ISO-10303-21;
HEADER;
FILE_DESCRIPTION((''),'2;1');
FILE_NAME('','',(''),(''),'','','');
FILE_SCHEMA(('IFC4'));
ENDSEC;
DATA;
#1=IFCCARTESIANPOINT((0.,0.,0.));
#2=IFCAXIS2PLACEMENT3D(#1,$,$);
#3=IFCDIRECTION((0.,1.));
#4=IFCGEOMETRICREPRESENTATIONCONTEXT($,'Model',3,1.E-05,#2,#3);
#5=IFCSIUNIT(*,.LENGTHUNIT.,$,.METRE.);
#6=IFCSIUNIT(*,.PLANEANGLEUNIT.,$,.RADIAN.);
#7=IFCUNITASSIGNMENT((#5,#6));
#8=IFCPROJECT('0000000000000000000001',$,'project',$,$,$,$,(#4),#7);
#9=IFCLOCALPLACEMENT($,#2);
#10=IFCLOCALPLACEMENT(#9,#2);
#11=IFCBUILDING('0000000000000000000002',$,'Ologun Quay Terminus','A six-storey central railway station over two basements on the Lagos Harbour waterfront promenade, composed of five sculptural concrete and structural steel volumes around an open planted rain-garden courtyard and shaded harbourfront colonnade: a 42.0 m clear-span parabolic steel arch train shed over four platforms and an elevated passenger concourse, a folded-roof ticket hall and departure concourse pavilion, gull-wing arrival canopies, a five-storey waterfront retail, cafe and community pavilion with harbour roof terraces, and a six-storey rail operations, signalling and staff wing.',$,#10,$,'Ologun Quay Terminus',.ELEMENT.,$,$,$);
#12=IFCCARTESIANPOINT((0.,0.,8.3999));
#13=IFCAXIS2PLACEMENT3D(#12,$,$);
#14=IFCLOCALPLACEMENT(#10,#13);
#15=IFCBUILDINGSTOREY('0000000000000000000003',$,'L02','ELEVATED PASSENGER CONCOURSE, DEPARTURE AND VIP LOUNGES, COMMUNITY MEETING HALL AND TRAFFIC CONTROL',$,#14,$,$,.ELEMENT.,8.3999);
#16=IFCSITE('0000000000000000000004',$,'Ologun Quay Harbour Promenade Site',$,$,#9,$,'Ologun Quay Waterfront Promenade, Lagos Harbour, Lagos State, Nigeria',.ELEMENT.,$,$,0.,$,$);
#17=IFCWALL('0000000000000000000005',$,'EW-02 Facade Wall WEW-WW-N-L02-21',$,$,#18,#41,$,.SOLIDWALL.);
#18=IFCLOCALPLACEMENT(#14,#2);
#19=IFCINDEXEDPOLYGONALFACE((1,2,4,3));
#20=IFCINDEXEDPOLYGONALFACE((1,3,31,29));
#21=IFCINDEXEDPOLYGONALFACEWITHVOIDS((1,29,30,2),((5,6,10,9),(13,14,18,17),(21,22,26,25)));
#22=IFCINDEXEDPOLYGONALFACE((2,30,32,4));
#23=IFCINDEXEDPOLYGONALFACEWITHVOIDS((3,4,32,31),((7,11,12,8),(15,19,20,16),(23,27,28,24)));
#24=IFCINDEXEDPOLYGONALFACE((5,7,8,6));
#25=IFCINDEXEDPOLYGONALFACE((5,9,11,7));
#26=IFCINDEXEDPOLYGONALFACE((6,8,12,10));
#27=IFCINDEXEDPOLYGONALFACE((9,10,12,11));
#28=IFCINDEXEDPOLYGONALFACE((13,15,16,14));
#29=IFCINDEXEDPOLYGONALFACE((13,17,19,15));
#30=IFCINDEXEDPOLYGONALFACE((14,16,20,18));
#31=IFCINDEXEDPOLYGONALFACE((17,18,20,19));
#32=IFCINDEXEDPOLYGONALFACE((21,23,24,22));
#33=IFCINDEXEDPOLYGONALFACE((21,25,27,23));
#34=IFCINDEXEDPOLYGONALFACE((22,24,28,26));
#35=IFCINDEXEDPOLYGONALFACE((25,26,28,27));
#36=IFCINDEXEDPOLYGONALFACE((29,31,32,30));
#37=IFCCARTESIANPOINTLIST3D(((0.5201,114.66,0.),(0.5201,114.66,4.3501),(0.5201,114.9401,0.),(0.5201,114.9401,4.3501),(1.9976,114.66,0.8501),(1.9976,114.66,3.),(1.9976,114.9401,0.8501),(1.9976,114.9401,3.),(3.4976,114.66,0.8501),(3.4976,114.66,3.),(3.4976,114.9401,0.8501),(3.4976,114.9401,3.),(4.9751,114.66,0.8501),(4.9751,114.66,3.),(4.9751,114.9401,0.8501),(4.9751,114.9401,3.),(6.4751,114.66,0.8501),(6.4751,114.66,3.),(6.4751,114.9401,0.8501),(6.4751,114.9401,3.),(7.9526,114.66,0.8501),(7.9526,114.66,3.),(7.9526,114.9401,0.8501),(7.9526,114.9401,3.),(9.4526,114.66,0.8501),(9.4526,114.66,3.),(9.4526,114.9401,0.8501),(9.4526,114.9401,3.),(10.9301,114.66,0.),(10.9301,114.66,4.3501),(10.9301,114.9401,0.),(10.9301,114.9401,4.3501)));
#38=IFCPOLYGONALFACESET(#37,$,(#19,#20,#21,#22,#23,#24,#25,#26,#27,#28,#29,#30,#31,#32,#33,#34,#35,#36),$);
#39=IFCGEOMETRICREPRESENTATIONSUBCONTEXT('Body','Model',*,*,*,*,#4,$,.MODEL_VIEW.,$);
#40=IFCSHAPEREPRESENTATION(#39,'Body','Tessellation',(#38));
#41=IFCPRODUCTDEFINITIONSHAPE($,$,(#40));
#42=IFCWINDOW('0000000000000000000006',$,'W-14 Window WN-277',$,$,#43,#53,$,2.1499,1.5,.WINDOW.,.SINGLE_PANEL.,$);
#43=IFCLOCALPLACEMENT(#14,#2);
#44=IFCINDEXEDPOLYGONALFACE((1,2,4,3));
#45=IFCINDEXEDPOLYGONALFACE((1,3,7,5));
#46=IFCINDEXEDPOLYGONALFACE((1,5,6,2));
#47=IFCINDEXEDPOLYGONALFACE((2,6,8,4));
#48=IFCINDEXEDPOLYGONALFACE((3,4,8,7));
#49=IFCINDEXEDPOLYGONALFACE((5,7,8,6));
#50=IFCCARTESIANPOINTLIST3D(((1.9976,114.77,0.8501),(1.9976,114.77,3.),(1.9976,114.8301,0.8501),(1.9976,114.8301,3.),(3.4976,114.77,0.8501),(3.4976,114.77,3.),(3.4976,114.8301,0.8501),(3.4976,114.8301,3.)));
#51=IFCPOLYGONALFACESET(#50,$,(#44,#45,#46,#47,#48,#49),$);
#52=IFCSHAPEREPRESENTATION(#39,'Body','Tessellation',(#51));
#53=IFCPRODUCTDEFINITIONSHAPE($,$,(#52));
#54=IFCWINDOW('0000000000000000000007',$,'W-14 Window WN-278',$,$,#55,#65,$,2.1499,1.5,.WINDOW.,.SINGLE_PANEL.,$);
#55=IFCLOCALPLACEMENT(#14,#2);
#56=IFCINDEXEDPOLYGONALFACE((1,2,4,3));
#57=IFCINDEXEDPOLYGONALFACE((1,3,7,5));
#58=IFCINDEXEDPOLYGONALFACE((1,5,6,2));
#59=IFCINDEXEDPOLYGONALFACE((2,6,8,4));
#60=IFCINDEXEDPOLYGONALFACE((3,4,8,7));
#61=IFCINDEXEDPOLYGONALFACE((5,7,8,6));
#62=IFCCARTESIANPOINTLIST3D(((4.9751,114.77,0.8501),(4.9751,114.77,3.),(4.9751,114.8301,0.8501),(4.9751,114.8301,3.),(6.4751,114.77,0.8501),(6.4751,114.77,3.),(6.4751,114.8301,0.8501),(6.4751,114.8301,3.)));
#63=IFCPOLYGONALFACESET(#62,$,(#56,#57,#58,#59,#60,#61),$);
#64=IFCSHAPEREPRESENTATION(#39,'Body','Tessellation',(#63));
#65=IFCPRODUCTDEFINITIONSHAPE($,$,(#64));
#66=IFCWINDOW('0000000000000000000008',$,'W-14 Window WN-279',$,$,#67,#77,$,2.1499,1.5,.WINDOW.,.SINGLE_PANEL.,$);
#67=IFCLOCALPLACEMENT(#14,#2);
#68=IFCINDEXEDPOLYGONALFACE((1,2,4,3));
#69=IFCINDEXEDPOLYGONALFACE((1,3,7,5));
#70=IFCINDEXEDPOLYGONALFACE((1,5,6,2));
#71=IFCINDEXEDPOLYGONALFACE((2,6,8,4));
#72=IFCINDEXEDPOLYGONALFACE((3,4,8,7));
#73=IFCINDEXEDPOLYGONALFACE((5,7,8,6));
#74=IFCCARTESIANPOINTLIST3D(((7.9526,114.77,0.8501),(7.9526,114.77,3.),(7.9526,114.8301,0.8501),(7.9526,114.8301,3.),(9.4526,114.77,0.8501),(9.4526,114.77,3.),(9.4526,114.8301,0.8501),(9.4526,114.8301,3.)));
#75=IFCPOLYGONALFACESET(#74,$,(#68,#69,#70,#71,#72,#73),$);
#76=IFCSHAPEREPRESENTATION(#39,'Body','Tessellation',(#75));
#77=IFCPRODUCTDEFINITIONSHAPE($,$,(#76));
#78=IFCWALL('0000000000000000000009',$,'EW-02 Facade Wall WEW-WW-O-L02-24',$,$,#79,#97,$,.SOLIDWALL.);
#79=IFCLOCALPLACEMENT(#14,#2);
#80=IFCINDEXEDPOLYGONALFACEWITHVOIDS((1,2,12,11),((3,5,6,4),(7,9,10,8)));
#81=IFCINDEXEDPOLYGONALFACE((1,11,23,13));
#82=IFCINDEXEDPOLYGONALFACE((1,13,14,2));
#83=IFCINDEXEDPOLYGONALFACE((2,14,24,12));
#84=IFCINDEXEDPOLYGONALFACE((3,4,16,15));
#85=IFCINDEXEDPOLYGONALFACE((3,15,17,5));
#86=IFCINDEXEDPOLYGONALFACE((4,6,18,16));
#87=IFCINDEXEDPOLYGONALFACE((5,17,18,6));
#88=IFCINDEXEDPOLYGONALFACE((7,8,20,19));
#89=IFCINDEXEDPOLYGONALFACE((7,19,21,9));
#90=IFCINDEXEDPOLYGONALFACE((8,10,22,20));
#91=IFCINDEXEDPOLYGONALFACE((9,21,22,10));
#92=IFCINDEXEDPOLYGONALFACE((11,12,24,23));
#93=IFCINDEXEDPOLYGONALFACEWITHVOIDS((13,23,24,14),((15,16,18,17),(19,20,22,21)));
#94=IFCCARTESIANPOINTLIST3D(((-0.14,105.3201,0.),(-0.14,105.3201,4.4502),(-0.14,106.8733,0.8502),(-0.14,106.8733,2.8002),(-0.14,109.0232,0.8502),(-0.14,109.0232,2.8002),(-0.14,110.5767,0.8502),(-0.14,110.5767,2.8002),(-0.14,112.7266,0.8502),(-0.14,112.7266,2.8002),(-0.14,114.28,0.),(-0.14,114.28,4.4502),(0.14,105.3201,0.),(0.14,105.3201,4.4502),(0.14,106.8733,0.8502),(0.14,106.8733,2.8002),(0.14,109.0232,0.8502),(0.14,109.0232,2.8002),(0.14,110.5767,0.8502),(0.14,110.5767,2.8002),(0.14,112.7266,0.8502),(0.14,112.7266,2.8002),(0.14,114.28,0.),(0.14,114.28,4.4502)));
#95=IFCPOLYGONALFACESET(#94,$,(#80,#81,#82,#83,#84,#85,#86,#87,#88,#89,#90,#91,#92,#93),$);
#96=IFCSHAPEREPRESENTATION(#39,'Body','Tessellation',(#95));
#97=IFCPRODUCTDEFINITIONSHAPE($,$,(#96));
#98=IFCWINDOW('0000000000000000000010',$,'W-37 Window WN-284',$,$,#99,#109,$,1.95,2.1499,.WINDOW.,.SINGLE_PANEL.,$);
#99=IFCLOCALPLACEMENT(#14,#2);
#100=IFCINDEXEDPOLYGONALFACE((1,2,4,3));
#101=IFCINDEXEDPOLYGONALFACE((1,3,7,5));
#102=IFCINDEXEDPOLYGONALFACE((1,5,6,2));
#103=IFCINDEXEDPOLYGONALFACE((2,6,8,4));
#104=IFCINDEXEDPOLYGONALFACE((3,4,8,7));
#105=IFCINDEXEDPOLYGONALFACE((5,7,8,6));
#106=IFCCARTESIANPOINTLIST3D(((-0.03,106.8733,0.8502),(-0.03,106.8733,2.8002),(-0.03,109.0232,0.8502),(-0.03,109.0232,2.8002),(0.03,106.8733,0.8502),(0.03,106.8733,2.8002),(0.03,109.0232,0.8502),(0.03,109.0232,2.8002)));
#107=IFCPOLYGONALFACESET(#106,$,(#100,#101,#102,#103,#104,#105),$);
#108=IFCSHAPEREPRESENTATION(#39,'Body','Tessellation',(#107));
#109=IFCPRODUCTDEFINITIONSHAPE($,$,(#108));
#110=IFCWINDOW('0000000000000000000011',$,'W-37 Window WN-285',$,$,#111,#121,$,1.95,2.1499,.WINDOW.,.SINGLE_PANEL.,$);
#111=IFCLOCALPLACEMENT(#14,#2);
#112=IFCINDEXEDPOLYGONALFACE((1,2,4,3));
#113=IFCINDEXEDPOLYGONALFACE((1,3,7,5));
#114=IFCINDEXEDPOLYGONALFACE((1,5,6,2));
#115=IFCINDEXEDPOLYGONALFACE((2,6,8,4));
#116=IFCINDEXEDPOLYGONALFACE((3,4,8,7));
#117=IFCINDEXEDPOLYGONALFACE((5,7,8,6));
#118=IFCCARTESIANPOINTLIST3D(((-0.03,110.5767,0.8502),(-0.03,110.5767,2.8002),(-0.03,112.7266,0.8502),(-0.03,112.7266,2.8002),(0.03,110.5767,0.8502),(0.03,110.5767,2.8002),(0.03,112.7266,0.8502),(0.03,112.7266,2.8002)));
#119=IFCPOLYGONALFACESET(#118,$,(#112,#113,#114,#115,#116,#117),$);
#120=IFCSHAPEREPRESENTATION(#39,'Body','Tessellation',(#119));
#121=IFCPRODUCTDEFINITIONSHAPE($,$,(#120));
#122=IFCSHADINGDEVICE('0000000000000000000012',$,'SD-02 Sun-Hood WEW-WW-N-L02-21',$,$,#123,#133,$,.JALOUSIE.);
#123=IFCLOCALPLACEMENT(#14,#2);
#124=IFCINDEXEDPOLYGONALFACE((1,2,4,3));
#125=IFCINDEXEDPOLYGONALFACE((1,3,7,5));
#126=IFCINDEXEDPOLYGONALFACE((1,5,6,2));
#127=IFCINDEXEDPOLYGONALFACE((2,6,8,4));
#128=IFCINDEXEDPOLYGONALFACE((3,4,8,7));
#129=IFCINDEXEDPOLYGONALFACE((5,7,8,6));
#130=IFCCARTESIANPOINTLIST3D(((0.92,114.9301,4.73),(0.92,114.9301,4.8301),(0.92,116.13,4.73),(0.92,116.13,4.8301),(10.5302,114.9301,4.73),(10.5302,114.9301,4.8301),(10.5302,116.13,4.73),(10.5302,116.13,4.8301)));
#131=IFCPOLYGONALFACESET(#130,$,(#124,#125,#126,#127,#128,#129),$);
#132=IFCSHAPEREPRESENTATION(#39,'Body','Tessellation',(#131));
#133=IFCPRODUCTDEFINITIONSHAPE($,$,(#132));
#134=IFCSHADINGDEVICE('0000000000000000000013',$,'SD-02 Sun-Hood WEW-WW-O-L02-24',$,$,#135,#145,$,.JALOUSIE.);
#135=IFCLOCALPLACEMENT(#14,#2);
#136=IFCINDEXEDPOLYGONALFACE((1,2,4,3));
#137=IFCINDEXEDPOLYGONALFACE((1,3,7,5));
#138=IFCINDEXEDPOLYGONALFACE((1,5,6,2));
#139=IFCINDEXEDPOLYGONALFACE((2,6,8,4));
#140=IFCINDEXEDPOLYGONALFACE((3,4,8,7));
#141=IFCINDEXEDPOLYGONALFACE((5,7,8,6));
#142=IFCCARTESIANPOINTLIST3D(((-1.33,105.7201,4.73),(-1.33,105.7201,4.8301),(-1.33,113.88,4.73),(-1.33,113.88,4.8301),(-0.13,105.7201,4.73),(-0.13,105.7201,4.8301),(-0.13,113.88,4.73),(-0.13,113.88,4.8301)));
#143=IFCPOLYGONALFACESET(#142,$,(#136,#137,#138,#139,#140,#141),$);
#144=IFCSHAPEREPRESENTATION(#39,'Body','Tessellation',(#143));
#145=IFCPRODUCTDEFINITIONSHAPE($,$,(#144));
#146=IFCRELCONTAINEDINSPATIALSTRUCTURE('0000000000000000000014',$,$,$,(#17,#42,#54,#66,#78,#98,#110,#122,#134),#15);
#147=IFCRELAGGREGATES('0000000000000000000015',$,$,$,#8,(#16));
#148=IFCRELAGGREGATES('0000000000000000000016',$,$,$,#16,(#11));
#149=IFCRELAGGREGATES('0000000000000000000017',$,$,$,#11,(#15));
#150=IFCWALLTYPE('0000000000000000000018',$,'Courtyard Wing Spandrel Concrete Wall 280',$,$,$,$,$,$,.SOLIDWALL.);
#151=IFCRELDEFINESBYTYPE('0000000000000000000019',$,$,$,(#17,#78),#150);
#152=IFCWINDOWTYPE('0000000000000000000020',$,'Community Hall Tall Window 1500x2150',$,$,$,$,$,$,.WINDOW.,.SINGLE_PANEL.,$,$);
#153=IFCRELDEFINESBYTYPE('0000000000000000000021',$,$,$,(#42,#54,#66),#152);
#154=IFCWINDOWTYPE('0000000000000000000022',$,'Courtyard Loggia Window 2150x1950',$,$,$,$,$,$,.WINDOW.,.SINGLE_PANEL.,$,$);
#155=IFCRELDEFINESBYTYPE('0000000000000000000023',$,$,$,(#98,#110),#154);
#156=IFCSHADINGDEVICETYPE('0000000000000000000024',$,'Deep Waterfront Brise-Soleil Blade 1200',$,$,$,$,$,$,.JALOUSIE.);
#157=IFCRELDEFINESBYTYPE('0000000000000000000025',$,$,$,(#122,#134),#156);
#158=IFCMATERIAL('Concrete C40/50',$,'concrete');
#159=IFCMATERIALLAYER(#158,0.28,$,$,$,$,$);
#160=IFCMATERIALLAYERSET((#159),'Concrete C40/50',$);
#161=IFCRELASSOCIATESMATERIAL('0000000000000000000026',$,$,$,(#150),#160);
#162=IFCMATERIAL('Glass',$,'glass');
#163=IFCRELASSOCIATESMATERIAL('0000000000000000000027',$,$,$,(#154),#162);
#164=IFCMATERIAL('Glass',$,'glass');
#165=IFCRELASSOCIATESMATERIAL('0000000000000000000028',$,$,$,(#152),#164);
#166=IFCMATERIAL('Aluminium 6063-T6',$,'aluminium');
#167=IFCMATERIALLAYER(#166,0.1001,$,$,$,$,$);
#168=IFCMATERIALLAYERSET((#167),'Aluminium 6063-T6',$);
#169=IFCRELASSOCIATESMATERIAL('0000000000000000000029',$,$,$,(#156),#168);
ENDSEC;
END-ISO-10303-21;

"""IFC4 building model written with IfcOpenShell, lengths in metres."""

from ifc_helpers import new_model, si_unit, direction, frame, frame_2d, origin, origin_2d, place, context, subcontext, project, spatial, rectangle, extrude, material, layer, layer_set, type_object, element, fill, save


model = new_model("IFC4")

# Units and contexts
model_context = context("Model", 3, precision=1e-05, world=origin(), true_north=direction((0.0, 1.0)))
body_context = subcontext(model_context, "Body", "Model", "MODEL_VIEW")
ifc_project = project(units=[si_unit("LENGTHUNIT", "METRE"), si_unit("PLANEANGLEUNIT", "RADIAN")], contexts=[model_context])

# Site, building, storey
site_placement = place(None, origin())
site = spatial("IfcSite", under=ifc_project, at=site_placement, Name="Ologun Quay Harbour Promenade Site", LongName="Ologun Quay Waterfront Promenade, Lagos Harbour, Lagos State, Nigeria", CompositionType="ELEMENT", RefElevation=0.0)
building_placement = place(site_placement, origin())
building = spatial("IfcBuilding", under=site, at=building_placement, Name="Ologun Quay Terminus", Description="A six-storey central railway station over two basements on the Lagos Harbour waterfront promenade, composed of five sculptural concrete and structural steel volumes around an open planted rain-garden courtyard and shaded harbourfront colonnade: a 42.0 m clear-span parabolic steel arch train shed over four platforms and an elevated passenger concourse, a folded-roof ticket hall and departure concourse pavilion, gull-wing arrival canopies, a five-storey waterfront retail, cafe and community pavilion with harbour roof terraces, and a six-storey rail operations, signalling and staff wing.", LongName="Ologun Quay Terminus", CompositionType="ELEMENT")
storey_placement = place(building_placement, frame((0.0, 0.0, 8.3999)))
storey = spatial("IfcBuildingStorey", under=building, at=storey_placement, Name="L02", Description="ELEVATED PASSENGER CONCOURSE, DEPARTURE AND VIP LOUNGES, COMMUNITY MEETING HALL AND TRAFFIC CONTROL", CompositionType="ELEMENT", Elevation=8.3999)

# Walls, openings, windows
ifc_material_1 = material(Name="Concrete C40/50", Category="concrete")
ifc_layer_1 = layer(ifc_material_1, 0.28)
ifc_layer_set_1 = layer_set([ifc_layer_1], Name="Concrete C40/50")
wall_type = type_object("IfcWallType", Name="Courtyard Wing Spandrel Concrete Wall 280", PredefinedType="SOLIDWALL", material=ifc_layer_set_1)
ifc_material_2 = material(Name="Glass", Category="glass")
window_type_1 = type_object("IfcWindowType", Name="Courtyard Loggia Window 2150x1950", PartitioningType="SINGLE_PANEL", PredefinedType="WINDOW", material=ifc_material_2)
wall_1_placement = place(storey_placement, frame((0.52, 114.8, 0.0), z_axis=(0.0, 0.0, 1.0), x_axis=(1.0, 0.0, 0.0)))
wall_1 = element("IfcWall", 1, at=wall_1_placement, inside=storey, type_object=wall_type, Name="EW-02 Facade Wall WEW-WW-N-L02-21", PredefinedType="SOLIDWALL", context=body_context, shape_type="SweptSolid", body=[
    extrude(rectangle(XDim=10.4099, YDim=0.28, at=frame_2d((5.2051, 0.0))), origin(), (0.0, 0.0, 1.0), 4.3501),
])
opening_1_placement = place(wall_1_placement, frame((1.4775, 0.0, 0.8501)))
opening_1 = element("IfcOpeningElement", 2, at=opening_1_placement, cuts=wall_1, PredefinedType="OPENING", context=body_context, shape_type="SweptSolid", body=[
    extrude(rectangle(XDim=1.5, YDim=2.1499, at=frame_2d((0.75, 1.075))), frame((0.0, 0.1499, 0.0), z_axis=(0.0, -1.0, 0.0), x_axis=(1.0, 0.0, 0.0)), (0.0, 0.0, 1.0), 0.3),
])
opening_2_placement = place(wall_1_placement, frame((4.4551, 0.0, 0.8501)))
opening_2 = element("IfcOpeningElement", 3, at=opening_2_placement, cuts=wall_1, PredefinedType="OPENING", context=body_context, shape_type="SweptSolid", body=[
    extrude(rectangle(XDim=1.5, YDim=2.1499, at=frame_2d((0.75, 1.075))), frame((0.0, 0.1499, 0.0), z_axis=(0.0, -1.0, 0.0), x_axis=(1.0, 0.0, 0.0)), (0.0, 0.0, 1.0), 0.3),
])
opening_3_placement = place(wall_1_placement, frame((7.4326, 0.0, 0.8501)))
opening_3 = element("IfcOpeningElement", 4, at=opening_3_placement, cuts=wall_1, PredefinedType="OPENING", context=body_context, shape_type="SweptSolid", body=[
    extrude(rectangle(XDim=1.5, YDim=2.1499, at=frame_2d((0.75, 1.075))), frame((0.0, 0.1499, 0.0), z_axis=(0.0, -1.0, 0.0), x_axis=(1.0, 0.0, 0.0)), (0.0, 0.0, 1.0), 0.3),
])
ifc_material_3 = material(Name="Glass", Category="glass")
window_type_2 = type_object("IfcWindowType", Name="Community Hall Tall Window 1500x2150", PartitioningType="SINGLE_PANEL", PredefinedType="WINDOW", material=ifc_material_3)
window_1_placement = place(opening_1_placement, origin())
window_1 = element("IfcWindow", 5, at=window_1_placement, inside=storey, type_object=window_type_2, Name="W-14 Window WN-277", OverallHeight=2.1499, OverallWidth=1.5, PartitioningType="SINGLE_PANEL", PredefinedType="WINDOW", context=body_context, shape_type="SweptSolid", body=[
    extrude(rectangle(XDim=1.5, YDim=2.1499, at=frame_2d((0.75, 1.075))), frame((0.0, 0.03, 0.0), z_axis=(0.0, -1.0, 0.0), x_axis=(1.0, 0.0, 0.0)), (0.0, 0.0, 1.0), 0.0601),
])
fill(opening_1, window_1)
window_2_placement = place(opening_2_placement, origin())
window_2 = element("IfcWindow", 6, at=window_2_placement, inside=storey, type_object=window_type_2, Name="W-14 Window WN-278", OverallHeight=2.1499, OverallWidth=1.5, PartitioningType="SINGLE_PANEL", PredefinedType="WINDOW", context=body_context, shape_type="SweptSolid", body=[
    extrude(rectangle(XDim=1.5, YDim=2.1499, at=frame_2d((0.75, 1.075))), frame((0.0, 0.03, 0.0), z_axis=(0.0, -1.0, 0.0), x_axis=(1.0, 0.0, 0.0)), (0.0, 0.0, 1.0), 0.0601),
])
fill(opening_2, window_2)
window_3_placement = place(opening_3_placement, origin())
window_3 = element("IfcWindow", 7, at=window_3_placement, inside=storey, type_object=window_type_2, Name="W-14 Window WN-279", OverallHeight=2.1499, OverallWidth=1.5, PartitioningType="SINGLE_PANEL", PredefinedType="WINDOW", context=body_context, shape_type="SweptSolid", body=[
    extrude(rectangle(XDim=1.5, YDim=2.1499, at=frame_2d((0.75, 1.075))), frame((0.0, 0.03, 0.0), z_axis=(0.0, -1.0, 0.0), x_axis=(1.0, 0.0, 0.0)), (0.0, 0.0, 1.0), 0.0601),
])
fill(opening_3, window_3)
wall_2_placement = place(storey_placement, frame((0.0, 105.3201, 0.0), z_axis=(0.0, 0.0, 1.0), x_axis=(0.0, 1.0, 0.0)))
wall_2 = element("IfcWall", 8, at=wall_2_placement, inside=storey, type_object=wall_type, Name="EW-02 Facade Wall WEW-WW-O-L02-24", PredefinedType="SOLIDWALL", context=body_context, shape_type="SweptSolid", body=[
    extrude(rectangle(XDim=8.96, YDim=0.28, at=frame_2d((4.48, 0.0))), origin(), (0.0, 0.0, 1.0), 4.4502),
])
opening_4_placement = place(wall_2_placement, frame((1.5532, 0.0, 0.8501)))
opening_4 = element("IfcOpeningElement", 9, at=opening_4_placement, cuts=wall_2, PredefinedType="OPENING", context=body_context, shape_type="SweptSolid", body=[
    extrude(rectangle(XDim=2.1499, YDim=1.95, at=frame_2d((1.075, 0.9751))), frame((0.0, 0.1499, 0.0), z_axis=(0.0, -1.0, 0.0), x_axis=(1.0, 0.0, 0.0)), (0.0, 0.0, 1.0), 0.3),
])
opening_5_placement = place(wall_2_placement, frame((5.2566, 0.0, 0.8501)))
opening_5 = element("IfcOpeningElement", 10, at=opening_5_placement, cuts=wall_2, PredefinedType="OPENING", context=body_context, shape_type="SweptSolid", body=[
    extrude(rectangle(XDim=2.1499, YDim=1.95, at=frame_2d((1.075, 0.9751))), frame((0.0, 0.1499, 0.0), z_axis=(0.0, -1.0, 0.0), x_axis=(1.0, 0.0, 0.0)), (0.0, 0.0, 1.0), 0.3),
])
window_4_placement = place(opening_4_placement, origin())
window_4 = element("IfcWindow", 11, at=window_4_placement, inside=storey, type_object=window_type_1, Name="W-37 Window WN-284", OverallHeight=1.95, OverallWidth=2.1499, PartitioningType="SINGLE_PANEL", PredefinedType="WINDOW", context=body_context, shape_type="SweptSolid", body=[
    extrude(rectangle(XDim=2.1499, YDim=1.95, at=frame_2d((1.075, 0.9751))), frame((0.0, 0.03, 0.0), z_axis=(0.0, -1.0, 0.0), x_axis=(1.0, 0.0, 0.0)), (0.0, 0.0, 1.0), 0.0601),
])
fill(opening_4, window_4)
window_5_placement = place(opening_5_placement, origin())
window_5 = element("IfcWindow", 12, at=window_5_placement, inside=storey, type_object=window_type_1, Name="W-37 Window WN-285", OverallHeight=1.95, OverallWidth=2.1499, PartitioningType="SINGLE_PANEL", PredefinedType="WINDOW", context=body_context, shape_type="SweptSolid", body=[
    extrude(rectangle(XDim=2.1499, YDim=1.95, at=frame_2d((1.075, 0.9751))), frame((0.0, 0.03, 0.0), z_axis=(0.0, -1.0, 0.0), x_axis=(1.0, 0.0, 0.0)), (0.0, 0.0, 1.0), 0.0601),
])
fill(opening_5, window_5)

# Shading devices
ifc_material_4 = material(Name="Aluminium 6063-T6", Category="aluminium")
ifc_layer_2 = layer(ifc_material_4, 0.1001)
ifc_layer_set_2 = layer_set([ifc_layer_2], Name="Aluminium 6063-T6")
shading_device_type = type_object("IfcShadingDeviceType", Name="Deep Waterfront Brise-Soleil Blade 1200", PredefinedType="JALOUSIE", material=ifc_layer_set_2)
shading_device_1_placement = place(storey_placement, frame((5.7251, 115.53, 4.73), z_axis=(0.0, 0.0, 1.0), x_axis=(1.0, 0.0, 0.0)))
element("IfcShadingDevice", 13, at=shading_device_1_placement, inside=storey, type_object=shading_device_type, Name="SD-02 Sun-Hood WEW-WW-N-L02-21", PredefinedType="JALOUSIE", context=body_context, shape_type="SweptSolid", body=[
    extrude(rectangle(XDim=9.6101, YDim=1.2, at=origin_2d()), origin(), (0.0, 0.0, 1.0), 0.1001),
])
shading_device_2_placement = place(storey_placement, frame((-0.73, 109.8, 4.73), z_axis=(0.0, 0.0, 1.0), x_axis=(1.0, 0.0, 0.0)))
element("IfcShadingDevice", 14, at=shading_device_2_placement, inside=storey, type_object=shading_device_type, Name="SD-02 Sun-Hood WEW-WW-O-L02-24", PredefinedType="JALOUSIE", context=body_context, shape_type="SweptSolid", body=[
    extrude(rectangle(XDim=1.2, YDim=8.1599, at=origin_2d()), origin(), (0.0, 0.0, 1.0), 0.1001),
])

save(model, "model.ifc")
